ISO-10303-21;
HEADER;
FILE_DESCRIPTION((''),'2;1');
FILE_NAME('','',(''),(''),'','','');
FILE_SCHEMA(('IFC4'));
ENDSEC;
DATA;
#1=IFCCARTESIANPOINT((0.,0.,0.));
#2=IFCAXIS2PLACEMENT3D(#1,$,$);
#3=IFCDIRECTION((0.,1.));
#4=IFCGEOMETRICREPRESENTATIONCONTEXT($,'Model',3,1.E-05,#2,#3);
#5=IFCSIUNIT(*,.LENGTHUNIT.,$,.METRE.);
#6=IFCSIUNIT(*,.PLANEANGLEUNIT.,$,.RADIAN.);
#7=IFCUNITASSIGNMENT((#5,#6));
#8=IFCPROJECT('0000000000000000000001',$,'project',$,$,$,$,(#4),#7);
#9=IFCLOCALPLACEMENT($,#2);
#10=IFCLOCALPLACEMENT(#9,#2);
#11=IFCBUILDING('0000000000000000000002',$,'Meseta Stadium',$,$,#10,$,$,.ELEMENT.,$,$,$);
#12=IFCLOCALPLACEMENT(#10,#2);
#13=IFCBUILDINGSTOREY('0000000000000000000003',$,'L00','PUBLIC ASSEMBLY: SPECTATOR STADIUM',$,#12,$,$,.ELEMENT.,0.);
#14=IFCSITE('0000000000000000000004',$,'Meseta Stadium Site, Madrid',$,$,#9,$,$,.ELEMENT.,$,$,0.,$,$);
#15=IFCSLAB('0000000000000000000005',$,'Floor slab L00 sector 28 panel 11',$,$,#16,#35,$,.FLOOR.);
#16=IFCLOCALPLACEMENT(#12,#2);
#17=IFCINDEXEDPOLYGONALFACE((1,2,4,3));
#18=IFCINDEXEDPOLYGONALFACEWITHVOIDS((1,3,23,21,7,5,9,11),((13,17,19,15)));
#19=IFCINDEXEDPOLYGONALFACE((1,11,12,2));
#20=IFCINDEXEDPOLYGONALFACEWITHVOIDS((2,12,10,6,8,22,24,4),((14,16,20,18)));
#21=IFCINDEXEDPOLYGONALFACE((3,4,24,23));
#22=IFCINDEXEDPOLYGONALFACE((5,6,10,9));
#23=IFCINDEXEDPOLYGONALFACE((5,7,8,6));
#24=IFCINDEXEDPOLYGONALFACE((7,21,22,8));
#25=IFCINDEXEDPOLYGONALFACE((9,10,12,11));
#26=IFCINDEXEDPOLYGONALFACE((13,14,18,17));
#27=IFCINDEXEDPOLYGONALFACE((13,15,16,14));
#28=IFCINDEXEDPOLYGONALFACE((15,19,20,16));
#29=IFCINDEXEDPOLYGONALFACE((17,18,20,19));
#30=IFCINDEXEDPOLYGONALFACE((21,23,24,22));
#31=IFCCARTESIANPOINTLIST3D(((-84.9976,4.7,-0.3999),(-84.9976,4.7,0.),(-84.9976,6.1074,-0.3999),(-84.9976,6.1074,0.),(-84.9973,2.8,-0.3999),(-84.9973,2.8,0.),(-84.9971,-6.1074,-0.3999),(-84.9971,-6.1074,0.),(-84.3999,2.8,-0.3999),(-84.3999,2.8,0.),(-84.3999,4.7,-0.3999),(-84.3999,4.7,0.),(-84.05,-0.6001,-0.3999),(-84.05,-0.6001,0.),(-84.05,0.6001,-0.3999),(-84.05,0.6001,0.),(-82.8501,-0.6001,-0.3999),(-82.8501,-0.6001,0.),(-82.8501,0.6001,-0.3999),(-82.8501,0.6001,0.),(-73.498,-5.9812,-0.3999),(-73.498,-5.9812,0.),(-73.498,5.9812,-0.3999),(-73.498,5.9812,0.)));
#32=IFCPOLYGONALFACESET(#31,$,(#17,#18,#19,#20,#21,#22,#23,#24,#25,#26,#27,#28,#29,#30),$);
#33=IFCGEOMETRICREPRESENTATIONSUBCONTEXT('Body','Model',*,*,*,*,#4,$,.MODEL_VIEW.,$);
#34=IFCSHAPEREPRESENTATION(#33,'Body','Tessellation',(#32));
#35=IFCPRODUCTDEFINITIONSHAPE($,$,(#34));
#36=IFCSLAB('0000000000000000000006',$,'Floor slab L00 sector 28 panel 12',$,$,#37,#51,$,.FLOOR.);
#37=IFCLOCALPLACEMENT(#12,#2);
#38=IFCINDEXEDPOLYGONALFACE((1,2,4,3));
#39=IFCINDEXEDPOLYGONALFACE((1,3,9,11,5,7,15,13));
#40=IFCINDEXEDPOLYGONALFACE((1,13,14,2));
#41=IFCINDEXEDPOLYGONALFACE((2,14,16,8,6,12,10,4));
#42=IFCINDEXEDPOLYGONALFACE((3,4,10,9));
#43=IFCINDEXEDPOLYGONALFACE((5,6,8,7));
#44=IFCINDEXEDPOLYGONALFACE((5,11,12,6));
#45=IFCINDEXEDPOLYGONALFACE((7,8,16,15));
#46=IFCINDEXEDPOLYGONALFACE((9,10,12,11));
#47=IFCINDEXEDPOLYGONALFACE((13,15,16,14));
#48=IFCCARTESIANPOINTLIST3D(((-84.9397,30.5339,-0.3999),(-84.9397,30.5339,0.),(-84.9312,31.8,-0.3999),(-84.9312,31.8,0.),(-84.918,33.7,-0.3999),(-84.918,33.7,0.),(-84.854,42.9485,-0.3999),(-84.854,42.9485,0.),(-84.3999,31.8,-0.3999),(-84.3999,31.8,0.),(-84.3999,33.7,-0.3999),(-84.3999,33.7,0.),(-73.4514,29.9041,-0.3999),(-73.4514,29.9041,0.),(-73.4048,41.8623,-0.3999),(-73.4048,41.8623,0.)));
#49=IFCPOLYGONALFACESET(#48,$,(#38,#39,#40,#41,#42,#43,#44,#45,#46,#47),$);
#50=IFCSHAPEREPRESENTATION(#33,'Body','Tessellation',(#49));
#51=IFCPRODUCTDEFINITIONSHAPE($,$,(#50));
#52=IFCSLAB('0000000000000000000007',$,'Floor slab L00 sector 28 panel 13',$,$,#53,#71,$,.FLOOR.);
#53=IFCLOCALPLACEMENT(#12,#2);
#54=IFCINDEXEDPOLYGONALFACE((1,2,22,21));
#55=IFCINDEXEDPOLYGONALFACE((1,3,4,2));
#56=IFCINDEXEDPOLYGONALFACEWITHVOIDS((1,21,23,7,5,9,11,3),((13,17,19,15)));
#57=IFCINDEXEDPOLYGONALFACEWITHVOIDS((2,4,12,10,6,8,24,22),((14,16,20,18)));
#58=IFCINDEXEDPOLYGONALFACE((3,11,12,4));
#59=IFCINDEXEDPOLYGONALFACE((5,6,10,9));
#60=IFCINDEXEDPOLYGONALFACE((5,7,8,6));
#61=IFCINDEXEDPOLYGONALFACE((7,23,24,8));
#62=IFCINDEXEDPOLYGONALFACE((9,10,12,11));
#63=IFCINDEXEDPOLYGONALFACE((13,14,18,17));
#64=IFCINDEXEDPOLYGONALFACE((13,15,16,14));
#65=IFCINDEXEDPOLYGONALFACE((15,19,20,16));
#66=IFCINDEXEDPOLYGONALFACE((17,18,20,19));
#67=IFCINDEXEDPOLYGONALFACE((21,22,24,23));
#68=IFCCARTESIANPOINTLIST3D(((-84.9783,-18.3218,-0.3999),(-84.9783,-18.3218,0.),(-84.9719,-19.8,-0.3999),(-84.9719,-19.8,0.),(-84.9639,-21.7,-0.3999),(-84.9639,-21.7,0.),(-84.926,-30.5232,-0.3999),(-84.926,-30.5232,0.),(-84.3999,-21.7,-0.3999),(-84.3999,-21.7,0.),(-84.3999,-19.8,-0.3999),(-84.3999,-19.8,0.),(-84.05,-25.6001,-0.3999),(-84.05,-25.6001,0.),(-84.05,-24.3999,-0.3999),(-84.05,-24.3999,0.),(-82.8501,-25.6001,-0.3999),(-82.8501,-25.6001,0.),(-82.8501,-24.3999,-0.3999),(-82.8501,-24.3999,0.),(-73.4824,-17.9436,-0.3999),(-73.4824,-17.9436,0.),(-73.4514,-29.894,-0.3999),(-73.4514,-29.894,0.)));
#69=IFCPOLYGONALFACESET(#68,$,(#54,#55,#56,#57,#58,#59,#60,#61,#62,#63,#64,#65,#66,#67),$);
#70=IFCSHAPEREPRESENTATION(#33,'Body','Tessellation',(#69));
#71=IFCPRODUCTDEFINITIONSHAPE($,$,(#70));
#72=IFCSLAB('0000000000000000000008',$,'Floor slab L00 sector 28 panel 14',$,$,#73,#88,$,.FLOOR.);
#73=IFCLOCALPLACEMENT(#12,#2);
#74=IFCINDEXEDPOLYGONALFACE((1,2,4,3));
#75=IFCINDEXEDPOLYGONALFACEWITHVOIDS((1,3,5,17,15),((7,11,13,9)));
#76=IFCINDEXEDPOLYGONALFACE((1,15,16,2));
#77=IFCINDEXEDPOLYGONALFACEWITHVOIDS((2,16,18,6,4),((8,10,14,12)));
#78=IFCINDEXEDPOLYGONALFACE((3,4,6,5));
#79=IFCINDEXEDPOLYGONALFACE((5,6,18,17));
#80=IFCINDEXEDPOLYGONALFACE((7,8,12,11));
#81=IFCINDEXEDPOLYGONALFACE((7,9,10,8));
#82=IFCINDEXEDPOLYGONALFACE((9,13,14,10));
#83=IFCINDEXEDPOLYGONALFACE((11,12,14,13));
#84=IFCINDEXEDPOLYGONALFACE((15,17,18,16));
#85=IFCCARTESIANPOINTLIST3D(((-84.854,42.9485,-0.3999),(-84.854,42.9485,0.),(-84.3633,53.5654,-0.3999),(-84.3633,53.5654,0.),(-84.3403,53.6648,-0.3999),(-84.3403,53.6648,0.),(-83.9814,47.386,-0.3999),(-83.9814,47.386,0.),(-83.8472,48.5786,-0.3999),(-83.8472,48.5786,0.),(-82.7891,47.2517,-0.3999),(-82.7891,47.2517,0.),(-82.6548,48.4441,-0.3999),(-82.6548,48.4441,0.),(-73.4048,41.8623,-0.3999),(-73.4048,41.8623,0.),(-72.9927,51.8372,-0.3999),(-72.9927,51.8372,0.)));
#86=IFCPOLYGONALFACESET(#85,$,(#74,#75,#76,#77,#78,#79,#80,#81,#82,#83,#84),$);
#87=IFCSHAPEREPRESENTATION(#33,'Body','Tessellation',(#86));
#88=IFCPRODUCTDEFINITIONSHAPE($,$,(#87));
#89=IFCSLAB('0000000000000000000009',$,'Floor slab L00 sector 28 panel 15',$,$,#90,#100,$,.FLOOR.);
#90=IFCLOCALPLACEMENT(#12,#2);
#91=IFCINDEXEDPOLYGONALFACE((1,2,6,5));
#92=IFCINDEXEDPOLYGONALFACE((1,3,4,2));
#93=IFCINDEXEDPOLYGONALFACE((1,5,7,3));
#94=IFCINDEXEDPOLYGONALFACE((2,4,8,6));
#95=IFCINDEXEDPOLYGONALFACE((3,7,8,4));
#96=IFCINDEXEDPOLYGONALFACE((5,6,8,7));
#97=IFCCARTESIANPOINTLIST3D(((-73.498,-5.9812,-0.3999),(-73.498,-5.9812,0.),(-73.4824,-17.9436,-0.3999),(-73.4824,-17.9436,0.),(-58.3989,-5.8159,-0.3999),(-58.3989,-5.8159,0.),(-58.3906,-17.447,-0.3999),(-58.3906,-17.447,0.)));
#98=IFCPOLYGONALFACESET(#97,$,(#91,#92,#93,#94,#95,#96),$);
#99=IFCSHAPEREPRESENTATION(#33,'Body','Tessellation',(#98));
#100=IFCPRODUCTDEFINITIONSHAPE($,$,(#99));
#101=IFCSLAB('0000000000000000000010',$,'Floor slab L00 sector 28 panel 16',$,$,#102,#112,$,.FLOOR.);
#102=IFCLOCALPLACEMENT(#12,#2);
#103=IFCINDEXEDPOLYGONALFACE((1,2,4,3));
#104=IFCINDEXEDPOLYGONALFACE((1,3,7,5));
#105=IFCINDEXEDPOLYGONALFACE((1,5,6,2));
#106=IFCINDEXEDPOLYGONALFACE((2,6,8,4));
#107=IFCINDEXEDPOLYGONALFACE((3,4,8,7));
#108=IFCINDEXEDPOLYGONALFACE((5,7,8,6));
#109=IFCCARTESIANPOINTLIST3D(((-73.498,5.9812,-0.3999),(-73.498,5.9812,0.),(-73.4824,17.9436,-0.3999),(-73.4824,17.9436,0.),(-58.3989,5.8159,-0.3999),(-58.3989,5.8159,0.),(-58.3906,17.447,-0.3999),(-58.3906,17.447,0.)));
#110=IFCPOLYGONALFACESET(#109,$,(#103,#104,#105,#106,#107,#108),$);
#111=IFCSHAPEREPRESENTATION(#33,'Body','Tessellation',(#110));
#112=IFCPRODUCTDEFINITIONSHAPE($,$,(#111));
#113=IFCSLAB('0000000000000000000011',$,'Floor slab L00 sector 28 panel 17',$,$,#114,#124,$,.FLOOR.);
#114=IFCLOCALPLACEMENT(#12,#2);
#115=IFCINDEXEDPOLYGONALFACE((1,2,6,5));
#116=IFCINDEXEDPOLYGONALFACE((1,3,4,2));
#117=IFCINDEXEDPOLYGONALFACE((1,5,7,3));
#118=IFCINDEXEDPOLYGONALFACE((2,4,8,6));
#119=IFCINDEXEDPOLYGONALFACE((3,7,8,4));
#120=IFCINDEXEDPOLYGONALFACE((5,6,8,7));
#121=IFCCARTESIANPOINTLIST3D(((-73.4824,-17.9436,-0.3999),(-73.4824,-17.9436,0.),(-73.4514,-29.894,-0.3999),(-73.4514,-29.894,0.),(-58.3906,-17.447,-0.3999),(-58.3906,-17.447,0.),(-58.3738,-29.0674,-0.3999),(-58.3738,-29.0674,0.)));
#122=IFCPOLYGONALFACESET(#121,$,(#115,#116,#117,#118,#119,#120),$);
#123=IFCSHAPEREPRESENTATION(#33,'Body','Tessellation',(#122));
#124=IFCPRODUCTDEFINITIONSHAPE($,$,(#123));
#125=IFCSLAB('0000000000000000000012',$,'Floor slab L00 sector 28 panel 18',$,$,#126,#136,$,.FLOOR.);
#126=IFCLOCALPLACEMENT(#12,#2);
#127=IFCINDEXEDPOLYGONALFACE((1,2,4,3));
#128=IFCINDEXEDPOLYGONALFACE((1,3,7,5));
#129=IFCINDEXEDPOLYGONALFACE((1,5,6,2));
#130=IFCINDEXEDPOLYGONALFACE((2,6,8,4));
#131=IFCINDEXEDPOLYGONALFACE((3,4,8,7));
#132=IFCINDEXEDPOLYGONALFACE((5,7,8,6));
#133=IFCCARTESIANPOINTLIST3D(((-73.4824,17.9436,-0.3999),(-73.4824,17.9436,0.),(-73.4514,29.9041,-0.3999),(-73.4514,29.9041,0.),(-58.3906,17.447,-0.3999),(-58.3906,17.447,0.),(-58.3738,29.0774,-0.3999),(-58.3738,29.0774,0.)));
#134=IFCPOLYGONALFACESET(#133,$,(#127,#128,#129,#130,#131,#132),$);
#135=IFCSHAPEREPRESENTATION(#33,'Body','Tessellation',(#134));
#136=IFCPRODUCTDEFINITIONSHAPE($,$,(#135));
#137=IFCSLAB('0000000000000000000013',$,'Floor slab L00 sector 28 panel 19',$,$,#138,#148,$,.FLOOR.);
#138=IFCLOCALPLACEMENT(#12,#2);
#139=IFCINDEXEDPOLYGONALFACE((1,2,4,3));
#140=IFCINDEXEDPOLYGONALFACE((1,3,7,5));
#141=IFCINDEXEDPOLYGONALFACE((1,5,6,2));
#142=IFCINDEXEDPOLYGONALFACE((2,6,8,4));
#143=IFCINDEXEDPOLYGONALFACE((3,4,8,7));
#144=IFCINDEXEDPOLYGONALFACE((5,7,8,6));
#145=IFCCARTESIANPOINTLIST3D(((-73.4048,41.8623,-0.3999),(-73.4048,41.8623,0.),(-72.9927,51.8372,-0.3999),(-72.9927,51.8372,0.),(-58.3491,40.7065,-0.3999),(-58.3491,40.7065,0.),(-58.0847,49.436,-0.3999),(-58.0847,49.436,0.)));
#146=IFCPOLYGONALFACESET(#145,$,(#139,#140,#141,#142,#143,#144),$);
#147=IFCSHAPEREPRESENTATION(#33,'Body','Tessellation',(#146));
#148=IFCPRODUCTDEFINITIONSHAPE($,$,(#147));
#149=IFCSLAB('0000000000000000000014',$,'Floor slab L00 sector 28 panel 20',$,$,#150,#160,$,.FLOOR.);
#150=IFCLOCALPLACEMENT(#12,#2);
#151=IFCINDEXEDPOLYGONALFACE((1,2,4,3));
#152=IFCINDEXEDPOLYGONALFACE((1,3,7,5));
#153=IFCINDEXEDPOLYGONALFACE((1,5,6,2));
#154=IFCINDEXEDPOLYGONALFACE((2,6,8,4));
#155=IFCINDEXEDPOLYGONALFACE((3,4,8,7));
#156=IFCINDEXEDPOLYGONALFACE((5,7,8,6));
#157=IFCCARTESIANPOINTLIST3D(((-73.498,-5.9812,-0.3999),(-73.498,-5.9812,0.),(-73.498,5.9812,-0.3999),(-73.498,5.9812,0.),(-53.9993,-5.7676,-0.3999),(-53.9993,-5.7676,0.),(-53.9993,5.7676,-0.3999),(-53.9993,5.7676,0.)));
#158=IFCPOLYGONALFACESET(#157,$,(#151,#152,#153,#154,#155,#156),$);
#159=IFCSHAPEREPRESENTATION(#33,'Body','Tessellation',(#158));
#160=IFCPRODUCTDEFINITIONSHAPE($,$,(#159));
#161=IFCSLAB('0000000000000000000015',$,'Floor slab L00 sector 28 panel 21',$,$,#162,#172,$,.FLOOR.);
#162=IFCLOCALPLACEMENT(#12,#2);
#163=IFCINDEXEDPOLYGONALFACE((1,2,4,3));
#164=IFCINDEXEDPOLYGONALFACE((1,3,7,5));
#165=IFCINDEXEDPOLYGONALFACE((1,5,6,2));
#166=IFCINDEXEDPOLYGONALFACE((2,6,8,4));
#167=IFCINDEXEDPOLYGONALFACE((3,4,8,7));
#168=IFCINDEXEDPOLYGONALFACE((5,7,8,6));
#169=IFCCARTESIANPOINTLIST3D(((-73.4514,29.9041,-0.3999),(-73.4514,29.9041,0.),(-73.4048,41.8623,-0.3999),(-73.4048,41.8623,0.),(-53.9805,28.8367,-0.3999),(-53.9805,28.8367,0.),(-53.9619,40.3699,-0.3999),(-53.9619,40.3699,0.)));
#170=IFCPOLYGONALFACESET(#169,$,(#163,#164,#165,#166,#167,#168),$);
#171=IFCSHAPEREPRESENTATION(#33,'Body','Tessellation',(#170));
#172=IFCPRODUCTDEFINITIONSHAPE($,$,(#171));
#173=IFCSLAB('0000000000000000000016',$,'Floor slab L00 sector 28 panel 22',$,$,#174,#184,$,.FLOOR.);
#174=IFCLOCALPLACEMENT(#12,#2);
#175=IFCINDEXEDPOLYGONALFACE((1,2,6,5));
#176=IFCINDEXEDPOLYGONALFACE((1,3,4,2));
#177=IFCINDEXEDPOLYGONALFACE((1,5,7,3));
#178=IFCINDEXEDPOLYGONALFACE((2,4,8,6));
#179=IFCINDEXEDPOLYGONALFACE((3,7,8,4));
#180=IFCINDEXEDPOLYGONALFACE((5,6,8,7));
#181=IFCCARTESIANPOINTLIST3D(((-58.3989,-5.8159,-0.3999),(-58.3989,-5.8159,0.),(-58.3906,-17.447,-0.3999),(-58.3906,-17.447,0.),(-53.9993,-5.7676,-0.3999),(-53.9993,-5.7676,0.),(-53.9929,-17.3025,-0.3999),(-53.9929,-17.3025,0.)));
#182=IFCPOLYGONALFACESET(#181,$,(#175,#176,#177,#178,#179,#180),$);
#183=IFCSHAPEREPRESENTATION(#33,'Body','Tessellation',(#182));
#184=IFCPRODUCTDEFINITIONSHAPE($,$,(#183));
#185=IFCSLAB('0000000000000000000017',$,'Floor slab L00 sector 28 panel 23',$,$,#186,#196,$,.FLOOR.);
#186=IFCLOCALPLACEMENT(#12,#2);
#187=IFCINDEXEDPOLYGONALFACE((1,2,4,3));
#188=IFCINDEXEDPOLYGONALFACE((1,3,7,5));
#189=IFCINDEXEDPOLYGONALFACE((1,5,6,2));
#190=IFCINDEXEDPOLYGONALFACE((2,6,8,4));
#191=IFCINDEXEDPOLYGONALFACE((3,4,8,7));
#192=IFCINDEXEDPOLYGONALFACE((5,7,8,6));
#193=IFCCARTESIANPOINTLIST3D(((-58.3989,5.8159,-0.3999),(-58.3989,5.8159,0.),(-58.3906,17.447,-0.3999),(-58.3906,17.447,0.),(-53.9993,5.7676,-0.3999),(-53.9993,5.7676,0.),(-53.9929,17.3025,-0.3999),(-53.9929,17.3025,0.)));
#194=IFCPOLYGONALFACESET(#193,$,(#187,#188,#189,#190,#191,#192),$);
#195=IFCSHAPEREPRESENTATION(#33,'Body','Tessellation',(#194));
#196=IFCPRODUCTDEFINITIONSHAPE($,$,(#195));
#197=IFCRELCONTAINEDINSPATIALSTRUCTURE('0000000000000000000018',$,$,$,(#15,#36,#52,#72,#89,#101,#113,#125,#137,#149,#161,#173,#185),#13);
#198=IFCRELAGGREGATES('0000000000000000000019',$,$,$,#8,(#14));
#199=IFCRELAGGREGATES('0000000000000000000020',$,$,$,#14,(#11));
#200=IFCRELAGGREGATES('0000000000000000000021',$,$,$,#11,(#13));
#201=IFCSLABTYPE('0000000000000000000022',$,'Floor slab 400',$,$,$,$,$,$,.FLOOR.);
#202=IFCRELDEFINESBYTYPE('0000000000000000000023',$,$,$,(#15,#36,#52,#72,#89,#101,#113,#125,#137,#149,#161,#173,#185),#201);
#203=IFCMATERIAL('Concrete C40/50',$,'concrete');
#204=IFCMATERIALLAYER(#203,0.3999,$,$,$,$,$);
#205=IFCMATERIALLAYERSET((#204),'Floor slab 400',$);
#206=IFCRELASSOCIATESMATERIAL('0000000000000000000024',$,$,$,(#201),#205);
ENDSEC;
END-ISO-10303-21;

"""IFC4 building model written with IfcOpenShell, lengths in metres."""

from ifc_helpers import new_model, si_unit, direction, frame, origin, place, context, subcontext, project, spatial, polyline, outline, extrude, material, layer, layer_set, type_object, element, save


model = new_model("IFC4")

# Units and contexts
model_context = context("Model", 3, precision=1e-05, world=origin(), true_north=direction((0.0, 1.0)))
body_context = subcontext(model_context, "Body", "Model", "MODEL_VIEW")
ifc_project = project(units=[si_unit("LENGTHUNIT", "METRE"), si_unit("PLANEANGLEUNIT", "RADIAN")], contexts=[model_context])

# Site, building, storey
site_placement = place(None, origin())
site = spatial("IfcSite", under=ifc_project, at=site_placement, Name="Meseta Stadium Site, Madrid", CompositionType="ELEMENT", RefElevation=0.0)
building_placement = place(site_placement, origin())
building = spatial("IfcBuilding", under=site, at=building_placement, Name="Meseta Stadium", CompositionType="ELEMENT")
storey_placement = place(building_placement, origin())
storey = spatial("IfcBuildingStorey", under=building, at=storey_placement, Name="L00", Description="PUBLIC ASSEMBLY: SPECTATOR STADIUM", CompositionType="ELEMENT", Elevation=0.0)

# Slabs
ifc_material_1 = material(Name="Concrete C40/50", Category="concrete")
ifc_layer = layer(ifc_material_1, 0.3999)
ifc_layer_set = layer_set([ifc_layer], Name="Floor slab 400")
slab_type = type_object("IfcSlabType", Name="Floor slab 400", PredefinedType="FLOOR", material=ifc_layer_set)
slab_1_placement = place(storey_placement, frame((0.0, 0.0, -0.3999)))
element("IfcSlab", 1, at=slab_1_placement, inside=storey, type_object=slab_type, Name="Floor slab L00 sector 28 panel 11", PredefinedType="FLOOR", context=body_context, shape_type="SweptSolid", body=[
    extrude(outline(polyline([(-73.498, 5.9812), (-84.9976, 6.1074), (-84.9976, 4.7), (-84.3999, 4.7), (-84.3999, 2.8), (-84.9973, 2.8), (-84.9971, -6.1074), (-73.498, -5.9812), (-73.498, 5.9812)]), holes=[polyline([(-82.8501, -0.6001), (-84.05, -0.6001), (-84.05, 0.6001), (-82.8501, 0.6001), (-82.8501, -0.6001)])]), origin(), (0.0, 0.0, 1.0), 0.3999),
])
slab_2_placement = place(storey_placement, frame((0.0, 0.0, -0.3999)))
element("IfcSlab", 2, at=slab_2_placement, inside=storey, type_object=slab_type, Name="Floor slab L00 sector 28 panel 12", PredefinedType="FLOOR", context=body_context, shape_type="SweptSolid", body=[
    extrude(outline(polyline([(-73.4048, 41.8623), (-84.854, 42.9485), (-84.918, 33.7), (-84.3999, 33.7), (-84.3999, 31.8), (-84.9312, 31.8), (-84.9397, 30.5339), (-73.4514, 29.9041), (-73.4048, 41.8623)])), origin(), (0.0, 0.0, 1.0), 0.3999),
])
slab_3_placement = place(storey_placement, frame((0.0, 0.0, -0.3999)))
element("IfcSlab", 3, at=slab_3_placement, inside=storey, type_object=slab_type, Name="Floor slab L00 sector 28 panel 13", PredefinedType="FLOOR", context=body_context, shape_type="SweptSolid", body=[
    extrude(outline(polyline([(-84.3999, -21.7), (-84.9639, -21.7), (-84.926, -30.5232), (-73.4514, -29.894), (-73.4824, -17.9436), (-84.9783, -18.3218), (-84.9719, -19.8), (-84.3999, -19.8), (-84.3999, -21.7)]), holes=[polyline([(-82.8501, -24.3999), (-82.8501, -25.6001), (-84.05, -25.6001), (-84.05, -24.3999), (-82.8501, -24.3999)])]), origin(), (0.0, 0.0, 1.0), 0.3999),
])
slab_4_placement = place(storey_placement, frame((0.0, 0.0, -0.3999)))
element("IfcSlab", 4, at=slab_4_placement, inside=storey, type_object=slab_type, Name="Floor slab L00 sector 28 panel 14", PredefinedType="FLOOR", context=body_context, shape_type="SweptSolid", body=[
    extrude(outline(polyline([(-72.9927, 51.8372), (-84.3403, 53.6648), (-84.3633, 53.5654), (-84.854, 42.9485), (-73.4048, 41.8623), (-72.9927, 51.8372)]), holes=[polyline([(-83.8472, 48.5786), (-82.6548, 48.4441), (-82.7891, 47.2517), (-83.9814, 47.386), (-83.8472, 48.5786)])]), origin(), (0.0, 0.0, 1.0), 0.3999),
])
slab_5_placement = place(storey_placement, frame((0.0, 0.0, -0.3999)))
element("IfcSlab", 5, at=slab_5_placement, inside=storey, type_object=slab_type, Name="Floor slab L00 sector 28 panel 15", PredefinedType="FLOOR", context=body_context, shape_type="SweptSolid", body=[
    extrude(outline(polyline([(-73.498, -5.9812), (-73.4824, -17.9436), (-58.3906, -17.447), (-58.3989, -5.8159), (-73.498, -5.9812)])), origin(), (0.0, 0.0, 1.0), 0.3999),
])
slab_6_placement = place(storey_placement, frame((0.0, 0.0, -0.3999)))
element("IfcSlab", 6, at=slab_6_placement, inside=storey, type_object=slab_type, Name="Floor slab L00 sector 28 panel 16", PredefinedType="FLOOR", context=body_context, shape_type="SweptSolid", body=[
    extrude(outline(polyline([(-73.4824, 17.9436), (-73.498, 5.9812), (-58.3989, 5.8159), (-58.3906, 17.447), (-73.4824, 17.9436)])), origin(), (0.0, 0.0, 1.0), 0.3999),
])
slab_7_placement = place(storey_placement, frame((0.0, 0.0, -0.3999)))
element("IfcSlab", 7, at=slab_7_placement, inside=storey, type_object=slab_type, Name="Floor slab L00 sector 28 panel 17", PredefinedType="FLOOR", context=body_context, shape_type="SweptSolid", body=[
    extrude(outline(polyline([(-58.3906, -17.447), (-73.4824, -17.9436), (-73.4514, -29.894), (-58.3738, -29.0674), (-58.3906, -17.447)])), origin(), (0.0, 0.0, 1.0), 0.3999),
])
slab_8_placement = place(storey_placement, frame((0.0, 0.0, -0.3999)))
element("IfcSlab", 8, at=slab_8_placement, inside=storey, type_object=slab_type, Name="Floor slab L00 sector 28 panel 18", PredefinedType="FLOOR", context=body_context, shape_type="SweptSolid", body=[
    extrude(outline(polyline([(-73.4514, 29.9041), (-73.4824, 17.9436), (-58.3906, 17.447), (-58.3738, 29.0774), (-73.4514, 29.9041)])), origin(), (0.0, 0.0, 1.0), 0.3999),
])
slab_9_placement = place(storey_placement, frame((0.0, 0.0, -0.3999)))
element("IfcSlab", 9, at=slab_9_placement, inside=storey, type_object=slab_type, Name="Floor slab L00 sector 28 panel 19", PredefinedType="FLOOR", context=body_context, shape_type="SweptSolid", body=[
    extrude(outline(polyline([(-58.0847, 49.436), (-72.9927, 51.8372), (-73.4048, 41.8623), (-58.3491, 40.7065), (-58.0847, 49.436)])), origin(), (0.0, 0.0, 1.0), 0.3999),
])
slab_10_placement = place(storey_placement, frame((0.0, 0.0, -0.3999)))
element("IfcSlab", 10, at=slab_10_placement, inside=storey, type_object=slab_type, Name="Floor slab L00 sector 28 panel 20", PredefinedType="FLOOR", context=body_context, shape_type="SweptSolid", body=[
    extrude(outline(polyline([(-53.9993, 5.7676), (-73.498, 5.9812), (-73.498, -5.9812), (-53.9993, -5.7676), (-53.9993, 5.7676)])), origin(), (0.0, 0.0, 1.0), 0.3999),
])
slab_11_placement = place(storey_placement, frame((0.0, 0.0, -0.3999)))
element("IfcSlab", 11, at=slab_11_placement, inside=storey, type_object=slab_type, Name="Floor slab L00 sector 28 panel 21", PredefinedType="FLOOR", context=body_context, shape_type="SweptSolid", body=[
    extrude(outline(polyline([(-53.9619, 40.3699), (-73.4048, 41.8623), (-73.4514, 29.9041), (-53.9805, 28.8367), (-53.9619, 40.3699)])), origin(), (0.0, 0.0, 1.0), 0.3999),
])
slab_12_placement = place(storey_placement, frame((0.0, 0.0, -0.3999)))
element("IfcSlab", 12, at=slab_12_placement, inside=storey, type_object=slab_type, Name="Floor slab L00 sector 28 panel 22", PredefinedType="FLOOR", context=body_context, shape_type="SweptSolid", body=[
    extrude(outline(polyline([(-53.9929, -17.3025), (-53.9993, -5.7676), (-58.3989, -5.8159), (-58.3906, -17.447), (-53.9929, -17.3025)])), origin(), (0.0, 0.0, 1.0), 0.3999),
])
slab_13_placement = place(storey_placement, frame((0.0, 0.0, -0.3999)))
element("IfcSlab", 13, at=slab_13_placement, inside=storey, type_object=slab_type, Name="Floor slab L00 sector 28 panel 23", PredefinedType="FLOOR", context=body_context, shape_type="SweptSolid", body=[
    extrude(outline(polyline([(-53.9993, 5.7676), (-53.9929, 17.3025), (-58.3906, 17.447), (-58.3989, 5.8159), (-53.9993, 5.7676)])), origin(), (0.0, 0.0, 1.0), 0.3999),
])

save(model, "model.ifc")
